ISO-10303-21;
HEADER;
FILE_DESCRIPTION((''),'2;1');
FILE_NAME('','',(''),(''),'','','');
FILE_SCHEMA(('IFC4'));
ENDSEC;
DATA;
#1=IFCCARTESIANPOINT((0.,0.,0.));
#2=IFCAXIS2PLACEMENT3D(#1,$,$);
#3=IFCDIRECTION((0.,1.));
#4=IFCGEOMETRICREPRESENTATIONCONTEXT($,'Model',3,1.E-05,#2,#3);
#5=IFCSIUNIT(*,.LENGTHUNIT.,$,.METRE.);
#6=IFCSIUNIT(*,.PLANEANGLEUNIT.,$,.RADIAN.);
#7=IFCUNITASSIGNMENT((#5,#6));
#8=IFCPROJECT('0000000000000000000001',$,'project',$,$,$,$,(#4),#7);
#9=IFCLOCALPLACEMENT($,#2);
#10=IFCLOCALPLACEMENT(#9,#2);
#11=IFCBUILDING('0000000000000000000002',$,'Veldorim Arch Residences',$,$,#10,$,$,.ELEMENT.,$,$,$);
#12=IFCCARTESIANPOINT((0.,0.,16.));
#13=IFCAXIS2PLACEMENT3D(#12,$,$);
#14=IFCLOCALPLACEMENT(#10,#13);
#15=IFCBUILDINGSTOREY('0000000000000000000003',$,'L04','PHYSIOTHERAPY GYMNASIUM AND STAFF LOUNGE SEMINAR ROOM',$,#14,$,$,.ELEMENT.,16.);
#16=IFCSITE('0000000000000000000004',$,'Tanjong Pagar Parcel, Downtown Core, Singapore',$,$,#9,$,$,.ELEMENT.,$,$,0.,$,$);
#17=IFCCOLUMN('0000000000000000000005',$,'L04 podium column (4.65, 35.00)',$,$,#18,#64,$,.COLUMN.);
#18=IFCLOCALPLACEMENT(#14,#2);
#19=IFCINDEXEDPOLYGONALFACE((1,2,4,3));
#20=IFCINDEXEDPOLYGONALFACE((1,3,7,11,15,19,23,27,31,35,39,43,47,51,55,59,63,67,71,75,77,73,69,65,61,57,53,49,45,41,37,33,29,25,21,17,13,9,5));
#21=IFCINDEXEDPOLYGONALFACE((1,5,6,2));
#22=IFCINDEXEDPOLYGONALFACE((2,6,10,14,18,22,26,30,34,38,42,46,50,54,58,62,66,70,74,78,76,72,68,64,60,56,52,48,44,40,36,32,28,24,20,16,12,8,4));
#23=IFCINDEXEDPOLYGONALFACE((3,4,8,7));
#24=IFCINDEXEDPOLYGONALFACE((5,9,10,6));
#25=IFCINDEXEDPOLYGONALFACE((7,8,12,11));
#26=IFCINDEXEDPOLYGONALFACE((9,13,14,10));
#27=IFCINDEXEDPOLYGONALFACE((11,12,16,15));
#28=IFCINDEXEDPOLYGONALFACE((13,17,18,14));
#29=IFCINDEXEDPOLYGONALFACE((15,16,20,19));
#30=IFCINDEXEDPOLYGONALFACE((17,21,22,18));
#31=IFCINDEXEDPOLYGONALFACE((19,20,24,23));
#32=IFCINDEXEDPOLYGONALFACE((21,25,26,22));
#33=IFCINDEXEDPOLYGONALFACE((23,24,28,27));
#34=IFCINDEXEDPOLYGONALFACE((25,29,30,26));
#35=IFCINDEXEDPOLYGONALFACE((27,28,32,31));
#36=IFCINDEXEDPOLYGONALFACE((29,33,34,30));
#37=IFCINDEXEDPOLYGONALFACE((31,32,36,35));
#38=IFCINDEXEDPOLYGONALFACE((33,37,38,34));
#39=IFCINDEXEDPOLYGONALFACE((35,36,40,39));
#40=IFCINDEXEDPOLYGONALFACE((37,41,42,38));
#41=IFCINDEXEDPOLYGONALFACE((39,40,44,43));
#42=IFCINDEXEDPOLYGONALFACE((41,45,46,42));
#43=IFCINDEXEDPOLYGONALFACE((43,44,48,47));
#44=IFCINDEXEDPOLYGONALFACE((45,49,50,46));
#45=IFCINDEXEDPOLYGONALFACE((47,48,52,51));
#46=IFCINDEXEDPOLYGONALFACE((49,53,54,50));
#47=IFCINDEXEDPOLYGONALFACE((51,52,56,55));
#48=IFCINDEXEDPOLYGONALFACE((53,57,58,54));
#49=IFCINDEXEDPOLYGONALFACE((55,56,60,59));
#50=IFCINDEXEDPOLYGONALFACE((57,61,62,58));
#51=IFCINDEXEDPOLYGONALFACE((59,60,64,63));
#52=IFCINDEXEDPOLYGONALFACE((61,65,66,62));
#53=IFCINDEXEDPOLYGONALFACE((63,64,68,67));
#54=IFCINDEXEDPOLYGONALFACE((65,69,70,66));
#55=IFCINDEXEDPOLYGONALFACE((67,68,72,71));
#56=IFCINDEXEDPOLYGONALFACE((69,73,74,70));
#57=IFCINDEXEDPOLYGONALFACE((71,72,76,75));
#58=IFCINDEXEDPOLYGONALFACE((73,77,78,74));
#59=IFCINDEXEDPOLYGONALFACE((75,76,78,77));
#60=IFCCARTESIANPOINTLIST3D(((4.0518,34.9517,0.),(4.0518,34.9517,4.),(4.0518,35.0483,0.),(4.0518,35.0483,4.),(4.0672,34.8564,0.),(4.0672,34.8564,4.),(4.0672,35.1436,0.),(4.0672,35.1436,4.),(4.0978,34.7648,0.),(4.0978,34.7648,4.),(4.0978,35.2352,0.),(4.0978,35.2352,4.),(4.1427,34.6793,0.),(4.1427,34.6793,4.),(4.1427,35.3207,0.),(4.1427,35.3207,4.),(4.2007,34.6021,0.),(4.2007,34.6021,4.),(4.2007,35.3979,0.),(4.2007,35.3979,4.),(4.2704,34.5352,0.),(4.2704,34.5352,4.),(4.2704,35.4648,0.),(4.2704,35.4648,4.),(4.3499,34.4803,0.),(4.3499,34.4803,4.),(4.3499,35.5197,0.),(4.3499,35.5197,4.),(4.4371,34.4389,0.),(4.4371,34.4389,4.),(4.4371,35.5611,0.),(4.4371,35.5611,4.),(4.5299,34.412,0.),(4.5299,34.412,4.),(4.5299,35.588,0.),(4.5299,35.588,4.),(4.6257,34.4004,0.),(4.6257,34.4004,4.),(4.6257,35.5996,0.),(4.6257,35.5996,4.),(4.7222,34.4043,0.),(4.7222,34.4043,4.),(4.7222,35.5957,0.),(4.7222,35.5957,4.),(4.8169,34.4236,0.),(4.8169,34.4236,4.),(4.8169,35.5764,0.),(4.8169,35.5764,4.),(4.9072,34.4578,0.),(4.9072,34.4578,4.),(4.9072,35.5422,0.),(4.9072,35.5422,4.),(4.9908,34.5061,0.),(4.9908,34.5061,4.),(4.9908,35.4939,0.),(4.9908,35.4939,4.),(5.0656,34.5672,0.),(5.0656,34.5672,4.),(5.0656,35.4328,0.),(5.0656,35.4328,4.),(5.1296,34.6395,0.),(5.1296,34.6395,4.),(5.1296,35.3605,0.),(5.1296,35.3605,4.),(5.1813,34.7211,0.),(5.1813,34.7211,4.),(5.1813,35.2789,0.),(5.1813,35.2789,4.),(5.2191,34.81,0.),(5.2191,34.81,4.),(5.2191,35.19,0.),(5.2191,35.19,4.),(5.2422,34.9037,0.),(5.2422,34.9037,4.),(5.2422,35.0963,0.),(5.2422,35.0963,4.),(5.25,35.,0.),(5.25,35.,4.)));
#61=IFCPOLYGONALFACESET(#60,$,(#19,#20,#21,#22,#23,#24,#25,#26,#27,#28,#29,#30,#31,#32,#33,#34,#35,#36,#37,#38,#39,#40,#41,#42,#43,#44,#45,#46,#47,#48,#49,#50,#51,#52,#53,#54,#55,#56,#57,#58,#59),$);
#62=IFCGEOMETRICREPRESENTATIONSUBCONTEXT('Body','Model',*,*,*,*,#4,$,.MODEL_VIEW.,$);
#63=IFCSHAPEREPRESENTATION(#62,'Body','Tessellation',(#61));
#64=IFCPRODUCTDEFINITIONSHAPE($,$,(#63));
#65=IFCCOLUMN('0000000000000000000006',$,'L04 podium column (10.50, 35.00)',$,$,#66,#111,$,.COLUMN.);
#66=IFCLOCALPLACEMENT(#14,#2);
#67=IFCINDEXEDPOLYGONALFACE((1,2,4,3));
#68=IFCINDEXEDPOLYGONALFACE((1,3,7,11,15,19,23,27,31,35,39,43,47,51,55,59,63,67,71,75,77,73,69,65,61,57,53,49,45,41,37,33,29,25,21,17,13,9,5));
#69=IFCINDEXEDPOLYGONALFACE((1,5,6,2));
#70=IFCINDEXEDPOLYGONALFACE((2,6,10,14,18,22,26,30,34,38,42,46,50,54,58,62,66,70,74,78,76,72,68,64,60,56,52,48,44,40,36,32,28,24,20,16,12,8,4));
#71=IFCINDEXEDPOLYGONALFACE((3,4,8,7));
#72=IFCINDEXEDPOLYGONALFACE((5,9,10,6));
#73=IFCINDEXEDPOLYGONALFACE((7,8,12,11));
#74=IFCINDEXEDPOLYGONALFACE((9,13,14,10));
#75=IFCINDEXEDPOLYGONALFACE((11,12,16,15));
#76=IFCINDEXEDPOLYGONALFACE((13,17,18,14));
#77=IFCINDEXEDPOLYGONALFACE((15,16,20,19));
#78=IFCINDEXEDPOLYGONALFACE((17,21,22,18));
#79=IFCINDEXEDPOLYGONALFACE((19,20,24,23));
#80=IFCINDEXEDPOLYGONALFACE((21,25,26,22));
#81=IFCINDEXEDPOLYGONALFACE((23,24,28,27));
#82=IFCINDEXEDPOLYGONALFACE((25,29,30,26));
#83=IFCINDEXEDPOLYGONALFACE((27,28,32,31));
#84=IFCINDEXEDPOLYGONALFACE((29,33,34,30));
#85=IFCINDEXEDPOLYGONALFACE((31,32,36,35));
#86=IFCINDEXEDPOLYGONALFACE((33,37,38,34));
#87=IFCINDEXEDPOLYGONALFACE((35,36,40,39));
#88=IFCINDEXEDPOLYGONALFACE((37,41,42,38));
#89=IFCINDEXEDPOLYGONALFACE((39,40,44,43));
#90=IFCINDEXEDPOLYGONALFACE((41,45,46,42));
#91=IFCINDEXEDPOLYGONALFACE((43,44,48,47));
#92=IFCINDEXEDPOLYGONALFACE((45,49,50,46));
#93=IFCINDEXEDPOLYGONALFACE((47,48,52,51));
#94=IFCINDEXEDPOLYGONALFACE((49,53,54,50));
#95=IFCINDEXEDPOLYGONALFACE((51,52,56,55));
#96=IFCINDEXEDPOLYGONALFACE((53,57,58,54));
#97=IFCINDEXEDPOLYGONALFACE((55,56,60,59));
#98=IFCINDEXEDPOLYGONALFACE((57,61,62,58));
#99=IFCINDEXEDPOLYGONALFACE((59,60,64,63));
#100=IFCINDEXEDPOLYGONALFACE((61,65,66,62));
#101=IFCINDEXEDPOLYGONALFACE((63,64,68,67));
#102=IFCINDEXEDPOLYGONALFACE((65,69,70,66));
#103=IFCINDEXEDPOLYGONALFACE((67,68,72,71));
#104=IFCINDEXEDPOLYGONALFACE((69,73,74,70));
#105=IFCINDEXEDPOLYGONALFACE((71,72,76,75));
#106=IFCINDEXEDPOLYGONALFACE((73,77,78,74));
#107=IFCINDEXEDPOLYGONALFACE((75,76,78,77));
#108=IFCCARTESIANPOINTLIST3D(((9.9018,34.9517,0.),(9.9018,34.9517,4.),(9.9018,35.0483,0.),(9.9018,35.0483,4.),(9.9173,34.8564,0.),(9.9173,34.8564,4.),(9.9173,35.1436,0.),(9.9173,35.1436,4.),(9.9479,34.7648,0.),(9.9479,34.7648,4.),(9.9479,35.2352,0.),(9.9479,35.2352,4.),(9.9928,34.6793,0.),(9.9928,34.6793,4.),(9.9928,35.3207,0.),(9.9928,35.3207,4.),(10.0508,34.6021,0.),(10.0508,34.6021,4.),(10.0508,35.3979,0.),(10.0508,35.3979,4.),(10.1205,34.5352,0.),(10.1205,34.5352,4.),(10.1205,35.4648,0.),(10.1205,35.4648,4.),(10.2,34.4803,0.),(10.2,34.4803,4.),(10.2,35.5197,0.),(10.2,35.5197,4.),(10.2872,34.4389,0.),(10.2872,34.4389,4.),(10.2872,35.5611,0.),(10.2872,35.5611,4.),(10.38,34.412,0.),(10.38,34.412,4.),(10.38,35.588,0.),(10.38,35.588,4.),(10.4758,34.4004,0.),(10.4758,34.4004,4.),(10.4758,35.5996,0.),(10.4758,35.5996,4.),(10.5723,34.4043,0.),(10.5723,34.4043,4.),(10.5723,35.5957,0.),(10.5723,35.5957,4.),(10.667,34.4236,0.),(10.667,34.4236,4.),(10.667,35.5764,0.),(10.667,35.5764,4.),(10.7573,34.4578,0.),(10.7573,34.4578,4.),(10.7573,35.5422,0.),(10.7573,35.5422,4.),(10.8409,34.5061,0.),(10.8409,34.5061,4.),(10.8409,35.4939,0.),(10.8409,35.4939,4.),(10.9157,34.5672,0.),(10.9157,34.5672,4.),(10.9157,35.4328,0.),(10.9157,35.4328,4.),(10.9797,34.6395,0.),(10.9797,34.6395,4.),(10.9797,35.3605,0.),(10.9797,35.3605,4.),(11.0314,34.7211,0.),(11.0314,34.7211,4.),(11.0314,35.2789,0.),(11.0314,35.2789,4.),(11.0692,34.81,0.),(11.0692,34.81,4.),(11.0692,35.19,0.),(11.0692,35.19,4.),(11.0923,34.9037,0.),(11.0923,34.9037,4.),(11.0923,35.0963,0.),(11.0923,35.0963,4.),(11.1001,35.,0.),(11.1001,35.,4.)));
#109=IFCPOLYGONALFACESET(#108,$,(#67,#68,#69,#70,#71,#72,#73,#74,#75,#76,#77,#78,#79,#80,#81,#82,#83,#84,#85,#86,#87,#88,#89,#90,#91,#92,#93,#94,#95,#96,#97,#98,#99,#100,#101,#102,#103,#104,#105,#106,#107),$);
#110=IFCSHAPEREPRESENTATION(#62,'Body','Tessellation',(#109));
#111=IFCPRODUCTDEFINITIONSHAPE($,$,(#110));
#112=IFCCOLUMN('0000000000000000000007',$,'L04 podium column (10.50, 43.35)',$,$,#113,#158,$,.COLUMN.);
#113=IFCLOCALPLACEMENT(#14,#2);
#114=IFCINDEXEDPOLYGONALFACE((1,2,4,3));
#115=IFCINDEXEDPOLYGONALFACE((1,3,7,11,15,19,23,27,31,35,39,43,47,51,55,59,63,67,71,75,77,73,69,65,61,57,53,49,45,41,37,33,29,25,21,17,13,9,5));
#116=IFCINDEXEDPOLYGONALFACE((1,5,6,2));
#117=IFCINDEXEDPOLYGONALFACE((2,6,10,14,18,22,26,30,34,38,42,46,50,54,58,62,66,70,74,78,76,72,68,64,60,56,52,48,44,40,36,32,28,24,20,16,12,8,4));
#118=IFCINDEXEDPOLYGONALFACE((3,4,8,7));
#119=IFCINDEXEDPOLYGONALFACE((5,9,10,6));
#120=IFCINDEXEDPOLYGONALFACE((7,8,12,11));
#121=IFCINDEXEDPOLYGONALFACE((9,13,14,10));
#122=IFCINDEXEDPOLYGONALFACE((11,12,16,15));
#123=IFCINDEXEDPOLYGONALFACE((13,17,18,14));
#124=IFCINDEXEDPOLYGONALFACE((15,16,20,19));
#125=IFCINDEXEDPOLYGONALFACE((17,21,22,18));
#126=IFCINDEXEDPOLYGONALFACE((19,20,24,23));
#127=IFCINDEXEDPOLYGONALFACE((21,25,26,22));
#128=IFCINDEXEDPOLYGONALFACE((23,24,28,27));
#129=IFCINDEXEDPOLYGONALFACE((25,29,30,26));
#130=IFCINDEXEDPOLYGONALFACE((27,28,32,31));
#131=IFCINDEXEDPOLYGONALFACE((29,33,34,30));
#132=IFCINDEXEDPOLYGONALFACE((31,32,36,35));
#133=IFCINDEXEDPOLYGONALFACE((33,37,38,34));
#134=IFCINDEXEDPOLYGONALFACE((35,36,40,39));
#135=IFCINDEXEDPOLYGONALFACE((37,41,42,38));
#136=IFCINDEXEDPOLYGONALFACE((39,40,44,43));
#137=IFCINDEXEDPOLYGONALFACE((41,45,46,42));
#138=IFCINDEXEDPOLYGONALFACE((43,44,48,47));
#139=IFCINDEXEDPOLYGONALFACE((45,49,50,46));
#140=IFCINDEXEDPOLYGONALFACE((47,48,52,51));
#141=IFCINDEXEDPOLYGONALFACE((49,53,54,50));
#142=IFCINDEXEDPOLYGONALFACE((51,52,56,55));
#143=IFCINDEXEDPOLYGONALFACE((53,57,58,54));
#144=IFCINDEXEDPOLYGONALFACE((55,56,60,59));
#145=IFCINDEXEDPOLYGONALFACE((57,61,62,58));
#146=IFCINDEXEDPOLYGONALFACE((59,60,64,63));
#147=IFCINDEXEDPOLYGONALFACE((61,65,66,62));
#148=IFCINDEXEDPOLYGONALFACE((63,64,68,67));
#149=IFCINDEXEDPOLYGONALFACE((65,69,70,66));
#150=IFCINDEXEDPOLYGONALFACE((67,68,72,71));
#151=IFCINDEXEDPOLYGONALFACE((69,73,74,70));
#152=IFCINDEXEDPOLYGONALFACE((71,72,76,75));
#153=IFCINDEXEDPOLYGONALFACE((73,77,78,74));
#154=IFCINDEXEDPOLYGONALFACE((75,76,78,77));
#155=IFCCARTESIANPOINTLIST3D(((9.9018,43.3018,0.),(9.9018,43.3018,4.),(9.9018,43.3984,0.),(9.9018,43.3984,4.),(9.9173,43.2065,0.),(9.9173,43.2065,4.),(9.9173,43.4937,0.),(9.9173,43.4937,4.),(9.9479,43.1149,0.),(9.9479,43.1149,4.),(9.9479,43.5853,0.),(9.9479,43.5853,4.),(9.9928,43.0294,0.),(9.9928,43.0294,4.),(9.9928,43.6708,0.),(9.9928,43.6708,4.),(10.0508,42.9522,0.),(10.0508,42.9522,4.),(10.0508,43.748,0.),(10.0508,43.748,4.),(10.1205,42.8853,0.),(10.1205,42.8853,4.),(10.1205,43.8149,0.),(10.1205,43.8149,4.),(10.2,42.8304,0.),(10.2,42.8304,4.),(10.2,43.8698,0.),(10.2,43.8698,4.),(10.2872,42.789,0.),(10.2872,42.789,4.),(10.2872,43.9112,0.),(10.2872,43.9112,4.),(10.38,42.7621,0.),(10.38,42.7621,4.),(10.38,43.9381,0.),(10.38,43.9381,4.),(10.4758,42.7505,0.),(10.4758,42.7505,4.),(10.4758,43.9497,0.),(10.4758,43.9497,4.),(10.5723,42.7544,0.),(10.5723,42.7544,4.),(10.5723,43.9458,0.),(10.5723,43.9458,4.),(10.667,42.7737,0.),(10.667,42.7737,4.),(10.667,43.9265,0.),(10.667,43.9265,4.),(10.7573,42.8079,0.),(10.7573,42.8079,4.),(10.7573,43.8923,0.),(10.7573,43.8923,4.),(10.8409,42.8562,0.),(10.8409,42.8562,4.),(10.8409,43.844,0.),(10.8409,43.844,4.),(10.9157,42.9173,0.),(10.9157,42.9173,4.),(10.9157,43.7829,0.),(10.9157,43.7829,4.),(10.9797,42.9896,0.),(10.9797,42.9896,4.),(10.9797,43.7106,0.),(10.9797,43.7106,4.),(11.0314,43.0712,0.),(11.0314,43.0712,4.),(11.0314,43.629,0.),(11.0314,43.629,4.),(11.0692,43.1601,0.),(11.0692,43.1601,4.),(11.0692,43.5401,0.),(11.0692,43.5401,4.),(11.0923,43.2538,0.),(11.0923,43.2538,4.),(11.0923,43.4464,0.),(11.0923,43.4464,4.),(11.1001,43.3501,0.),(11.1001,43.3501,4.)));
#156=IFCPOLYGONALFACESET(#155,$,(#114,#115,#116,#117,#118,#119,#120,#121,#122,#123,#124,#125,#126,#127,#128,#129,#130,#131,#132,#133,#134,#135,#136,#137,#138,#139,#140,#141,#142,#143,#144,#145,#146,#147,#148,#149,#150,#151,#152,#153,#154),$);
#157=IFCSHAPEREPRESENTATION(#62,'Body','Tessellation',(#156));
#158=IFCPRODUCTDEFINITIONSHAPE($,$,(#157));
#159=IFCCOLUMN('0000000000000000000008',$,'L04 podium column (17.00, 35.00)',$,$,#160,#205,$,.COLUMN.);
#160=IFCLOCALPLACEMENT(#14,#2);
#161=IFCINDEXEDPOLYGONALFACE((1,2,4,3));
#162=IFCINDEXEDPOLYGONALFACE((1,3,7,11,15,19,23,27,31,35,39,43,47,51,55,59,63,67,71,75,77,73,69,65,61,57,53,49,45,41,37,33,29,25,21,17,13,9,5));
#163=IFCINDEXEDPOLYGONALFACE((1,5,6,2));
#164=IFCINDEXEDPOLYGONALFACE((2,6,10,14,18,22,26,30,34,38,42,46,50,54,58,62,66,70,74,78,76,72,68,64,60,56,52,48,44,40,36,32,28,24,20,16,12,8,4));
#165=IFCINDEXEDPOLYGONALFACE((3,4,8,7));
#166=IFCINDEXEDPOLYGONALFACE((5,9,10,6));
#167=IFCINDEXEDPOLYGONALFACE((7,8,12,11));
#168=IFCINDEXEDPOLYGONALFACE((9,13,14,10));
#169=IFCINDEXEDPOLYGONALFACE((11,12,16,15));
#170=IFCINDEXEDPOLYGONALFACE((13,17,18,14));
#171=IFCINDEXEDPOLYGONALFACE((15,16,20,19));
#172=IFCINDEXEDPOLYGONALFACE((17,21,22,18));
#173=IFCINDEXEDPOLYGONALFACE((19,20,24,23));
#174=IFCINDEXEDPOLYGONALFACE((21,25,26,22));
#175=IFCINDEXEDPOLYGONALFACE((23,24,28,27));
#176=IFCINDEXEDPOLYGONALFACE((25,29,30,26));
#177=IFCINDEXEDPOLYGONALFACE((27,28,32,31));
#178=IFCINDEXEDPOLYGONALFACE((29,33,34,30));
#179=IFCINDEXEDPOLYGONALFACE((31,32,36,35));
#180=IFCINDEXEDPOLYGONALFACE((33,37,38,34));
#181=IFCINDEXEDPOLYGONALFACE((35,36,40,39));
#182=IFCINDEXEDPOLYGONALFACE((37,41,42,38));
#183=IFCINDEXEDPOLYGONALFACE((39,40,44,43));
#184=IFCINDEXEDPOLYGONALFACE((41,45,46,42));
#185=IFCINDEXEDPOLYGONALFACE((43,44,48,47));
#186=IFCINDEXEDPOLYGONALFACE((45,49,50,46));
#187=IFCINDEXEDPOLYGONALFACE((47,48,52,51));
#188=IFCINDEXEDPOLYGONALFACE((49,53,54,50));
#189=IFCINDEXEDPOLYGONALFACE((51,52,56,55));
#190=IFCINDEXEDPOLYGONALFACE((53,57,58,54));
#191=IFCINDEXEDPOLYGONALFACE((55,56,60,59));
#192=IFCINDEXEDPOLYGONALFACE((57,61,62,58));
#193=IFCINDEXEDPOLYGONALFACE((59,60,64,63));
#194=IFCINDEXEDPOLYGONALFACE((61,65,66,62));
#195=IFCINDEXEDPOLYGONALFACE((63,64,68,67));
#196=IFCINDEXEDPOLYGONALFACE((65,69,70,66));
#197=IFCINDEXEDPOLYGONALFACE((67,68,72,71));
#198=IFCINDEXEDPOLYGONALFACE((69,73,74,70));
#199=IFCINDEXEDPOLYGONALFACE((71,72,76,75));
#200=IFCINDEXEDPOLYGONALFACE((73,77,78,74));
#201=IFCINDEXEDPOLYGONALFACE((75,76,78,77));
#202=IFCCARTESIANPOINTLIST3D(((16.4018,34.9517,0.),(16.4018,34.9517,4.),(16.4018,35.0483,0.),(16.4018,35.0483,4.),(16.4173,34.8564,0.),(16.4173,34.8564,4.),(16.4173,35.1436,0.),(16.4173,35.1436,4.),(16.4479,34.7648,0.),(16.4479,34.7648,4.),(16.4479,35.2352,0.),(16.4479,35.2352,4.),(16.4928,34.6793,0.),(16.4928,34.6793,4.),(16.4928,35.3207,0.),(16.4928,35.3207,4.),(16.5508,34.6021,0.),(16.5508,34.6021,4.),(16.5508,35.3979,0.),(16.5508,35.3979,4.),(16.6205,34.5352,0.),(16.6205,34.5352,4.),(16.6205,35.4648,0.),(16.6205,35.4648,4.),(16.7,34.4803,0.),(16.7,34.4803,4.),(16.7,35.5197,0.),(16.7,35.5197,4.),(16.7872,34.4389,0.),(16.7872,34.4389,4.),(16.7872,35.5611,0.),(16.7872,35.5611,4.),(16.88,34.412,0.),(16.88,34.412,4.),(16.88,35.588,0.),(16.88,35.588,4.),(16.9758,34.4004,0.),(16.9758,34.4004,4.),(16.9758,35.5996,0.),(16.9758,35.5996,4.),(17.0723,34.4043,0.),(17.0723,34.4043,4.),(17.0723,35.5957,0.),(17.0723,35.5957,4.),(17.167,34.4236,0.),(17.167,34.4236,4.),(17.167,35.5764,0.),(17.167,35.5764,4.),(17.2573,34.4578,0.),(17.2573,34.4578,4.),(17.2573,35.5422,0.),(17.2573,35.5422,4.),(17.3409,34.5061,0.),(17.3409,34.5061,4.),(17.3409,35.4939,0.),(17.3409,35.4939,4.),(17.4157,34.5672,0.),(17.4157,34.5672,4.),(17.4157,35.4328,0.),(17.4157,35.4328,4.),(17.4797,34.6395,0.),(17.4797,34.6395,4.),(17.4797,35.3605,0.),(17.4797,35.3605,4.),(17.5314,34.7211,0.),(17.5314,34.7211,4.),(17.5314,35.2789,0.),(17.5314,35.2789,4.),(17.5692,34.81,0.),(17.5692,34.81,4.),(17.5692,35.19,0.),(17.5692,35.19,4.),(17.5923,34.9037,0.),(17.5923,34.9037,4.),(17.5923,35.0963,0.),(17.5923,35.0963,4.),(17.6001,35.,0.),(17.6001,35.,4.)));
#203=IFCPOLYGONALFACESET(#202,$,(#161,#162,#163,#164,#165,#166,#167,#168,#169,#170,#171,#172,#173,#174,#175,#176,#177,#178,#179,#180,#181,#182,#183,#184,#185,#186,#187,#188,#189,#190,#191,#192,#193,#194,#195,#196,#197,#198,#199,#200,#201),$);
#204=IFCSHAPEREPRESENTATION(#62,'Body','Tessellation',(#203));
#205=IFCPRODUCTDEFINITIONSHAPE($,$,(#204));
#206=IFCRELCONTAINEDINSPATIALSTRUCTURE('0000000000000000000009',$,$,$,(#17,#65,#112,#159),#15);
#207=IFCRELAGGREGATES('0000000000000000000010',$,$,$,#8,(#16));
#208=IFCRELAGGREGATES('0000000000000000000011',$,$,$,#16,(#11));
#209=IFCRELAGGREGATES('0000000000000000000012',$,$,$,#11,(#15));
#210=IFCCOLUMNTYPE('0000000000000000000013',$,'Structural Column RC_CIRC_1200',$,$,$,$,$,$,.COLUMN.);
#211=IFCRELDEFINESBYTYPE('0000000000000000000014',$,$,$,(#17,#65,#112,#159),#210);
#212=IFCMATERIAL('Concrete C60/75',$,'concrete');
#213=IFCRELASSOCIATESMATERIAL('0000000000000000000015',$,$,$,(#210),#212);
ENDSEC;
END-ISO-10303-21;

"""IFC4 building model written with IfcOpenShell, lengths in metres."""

from ifc_helpers import new_model, si_unit, direction, frame, origin, origin_2d, place, context, subcontext, project, spatial, circle, extrude, material, material_profile, profile_set, type_object, element, save


model = new_model("IFC4")

# Units and contexts
model_context = context("Model", 3, precision=1e-05, world=origin(), true_north=direction((0.0, 1.0)))
body_context = subcontext(model_context, "Body", "Model", "MODEL_VIEW")
ifc_project = project(units=[si_unit("LENGTHUNIT", "METRE"), si_unit("PLANEANGLEUNIT", "RADIAN")], contexts=[model_context])

# Site, building, storey
site_placement = place(None, origin())
site = spatial("IfcSite", under=ifc_project, at=site_placement, Name="Tanjong Pagar Parcel, Downtown Core, Singapore", CompositionType="ELEMENT", RefElevation=0.0)
building_placement = place(site_placement, origin())
building = spatial("IfcBuilding", under=site, at=building_placement, Name="Veldorim Arch Residences", CompositionType="ELEMENT")
storey_placement = place(building_placement, frame((0.0, 0.0, 16.0)))
storey = spatial("IfcBuildingStorey", under=building, at=storey_placement, Name="L04", Description="PHYSIOTHERAPY GYMNASIUM AND STAFF LOUNGE SEMINAR ROOM", CompositionType="ELEMENT", Elevation=16.0)

# Columns
ifc_material_1 = material(Name="Concrete C60/75", Category="concrete")
ifc_material_profile_1 = material_profile(ifc_material_1, circle(Radius=0.6001, at=origin_2d()), Name="RC_CIRC_1200")
ifc_profile_set_1 = profile_set([ifc_material_profile_1], Name="Concrete C60/75")
column_type_1 = type_object("IfcColumnType", Name="Structural Column RC_CIRC_1200", PredefinedType="COLUMN", material=ifc_profile_set_1)
for number, where, z_axis, x_axis, name in (
    (1, (4.6499, 35.0, 0.0), (0.0, 0.0, 1.0), (1.0, 0.0, 0.0), "L04 podium column (4.65, 35.00)"),
    (2, (10.5, 35.0, 0.0), (0.0, 0.0, 1.0), (1.0, 0.0, 0.0), "L04 podium column (10.50, 35.00)"),
    (3, (10.5, 43.3501, 0.0), (0.0, 0.0, 1.0), (1.0, 0.0, 0.0), "L04 podium column (10.50, 43.35)"),
    (4, (17.0, 35.0, 0.0), (0.0, 0.0, 1.0), (1.0, 0.0, 0.0), "L04 podium column (17.00, 35.00)"),
):
    element("IfcColumn", number, at=place(storey_placement, frame(where, z_axis=z_axis, x_axis=x_axis)), inside=storey, type_object=column_type_1, Name=name, PredefinedType="COLUMN", context=body_context, shape_type="SweptSolid", body=[
        extrude(circle(Radius=0.6001, at=origin_2d()), origin(), (0.0, 0.0, 1.0), 4.0),
    ])

save(model, "model.ifc")
